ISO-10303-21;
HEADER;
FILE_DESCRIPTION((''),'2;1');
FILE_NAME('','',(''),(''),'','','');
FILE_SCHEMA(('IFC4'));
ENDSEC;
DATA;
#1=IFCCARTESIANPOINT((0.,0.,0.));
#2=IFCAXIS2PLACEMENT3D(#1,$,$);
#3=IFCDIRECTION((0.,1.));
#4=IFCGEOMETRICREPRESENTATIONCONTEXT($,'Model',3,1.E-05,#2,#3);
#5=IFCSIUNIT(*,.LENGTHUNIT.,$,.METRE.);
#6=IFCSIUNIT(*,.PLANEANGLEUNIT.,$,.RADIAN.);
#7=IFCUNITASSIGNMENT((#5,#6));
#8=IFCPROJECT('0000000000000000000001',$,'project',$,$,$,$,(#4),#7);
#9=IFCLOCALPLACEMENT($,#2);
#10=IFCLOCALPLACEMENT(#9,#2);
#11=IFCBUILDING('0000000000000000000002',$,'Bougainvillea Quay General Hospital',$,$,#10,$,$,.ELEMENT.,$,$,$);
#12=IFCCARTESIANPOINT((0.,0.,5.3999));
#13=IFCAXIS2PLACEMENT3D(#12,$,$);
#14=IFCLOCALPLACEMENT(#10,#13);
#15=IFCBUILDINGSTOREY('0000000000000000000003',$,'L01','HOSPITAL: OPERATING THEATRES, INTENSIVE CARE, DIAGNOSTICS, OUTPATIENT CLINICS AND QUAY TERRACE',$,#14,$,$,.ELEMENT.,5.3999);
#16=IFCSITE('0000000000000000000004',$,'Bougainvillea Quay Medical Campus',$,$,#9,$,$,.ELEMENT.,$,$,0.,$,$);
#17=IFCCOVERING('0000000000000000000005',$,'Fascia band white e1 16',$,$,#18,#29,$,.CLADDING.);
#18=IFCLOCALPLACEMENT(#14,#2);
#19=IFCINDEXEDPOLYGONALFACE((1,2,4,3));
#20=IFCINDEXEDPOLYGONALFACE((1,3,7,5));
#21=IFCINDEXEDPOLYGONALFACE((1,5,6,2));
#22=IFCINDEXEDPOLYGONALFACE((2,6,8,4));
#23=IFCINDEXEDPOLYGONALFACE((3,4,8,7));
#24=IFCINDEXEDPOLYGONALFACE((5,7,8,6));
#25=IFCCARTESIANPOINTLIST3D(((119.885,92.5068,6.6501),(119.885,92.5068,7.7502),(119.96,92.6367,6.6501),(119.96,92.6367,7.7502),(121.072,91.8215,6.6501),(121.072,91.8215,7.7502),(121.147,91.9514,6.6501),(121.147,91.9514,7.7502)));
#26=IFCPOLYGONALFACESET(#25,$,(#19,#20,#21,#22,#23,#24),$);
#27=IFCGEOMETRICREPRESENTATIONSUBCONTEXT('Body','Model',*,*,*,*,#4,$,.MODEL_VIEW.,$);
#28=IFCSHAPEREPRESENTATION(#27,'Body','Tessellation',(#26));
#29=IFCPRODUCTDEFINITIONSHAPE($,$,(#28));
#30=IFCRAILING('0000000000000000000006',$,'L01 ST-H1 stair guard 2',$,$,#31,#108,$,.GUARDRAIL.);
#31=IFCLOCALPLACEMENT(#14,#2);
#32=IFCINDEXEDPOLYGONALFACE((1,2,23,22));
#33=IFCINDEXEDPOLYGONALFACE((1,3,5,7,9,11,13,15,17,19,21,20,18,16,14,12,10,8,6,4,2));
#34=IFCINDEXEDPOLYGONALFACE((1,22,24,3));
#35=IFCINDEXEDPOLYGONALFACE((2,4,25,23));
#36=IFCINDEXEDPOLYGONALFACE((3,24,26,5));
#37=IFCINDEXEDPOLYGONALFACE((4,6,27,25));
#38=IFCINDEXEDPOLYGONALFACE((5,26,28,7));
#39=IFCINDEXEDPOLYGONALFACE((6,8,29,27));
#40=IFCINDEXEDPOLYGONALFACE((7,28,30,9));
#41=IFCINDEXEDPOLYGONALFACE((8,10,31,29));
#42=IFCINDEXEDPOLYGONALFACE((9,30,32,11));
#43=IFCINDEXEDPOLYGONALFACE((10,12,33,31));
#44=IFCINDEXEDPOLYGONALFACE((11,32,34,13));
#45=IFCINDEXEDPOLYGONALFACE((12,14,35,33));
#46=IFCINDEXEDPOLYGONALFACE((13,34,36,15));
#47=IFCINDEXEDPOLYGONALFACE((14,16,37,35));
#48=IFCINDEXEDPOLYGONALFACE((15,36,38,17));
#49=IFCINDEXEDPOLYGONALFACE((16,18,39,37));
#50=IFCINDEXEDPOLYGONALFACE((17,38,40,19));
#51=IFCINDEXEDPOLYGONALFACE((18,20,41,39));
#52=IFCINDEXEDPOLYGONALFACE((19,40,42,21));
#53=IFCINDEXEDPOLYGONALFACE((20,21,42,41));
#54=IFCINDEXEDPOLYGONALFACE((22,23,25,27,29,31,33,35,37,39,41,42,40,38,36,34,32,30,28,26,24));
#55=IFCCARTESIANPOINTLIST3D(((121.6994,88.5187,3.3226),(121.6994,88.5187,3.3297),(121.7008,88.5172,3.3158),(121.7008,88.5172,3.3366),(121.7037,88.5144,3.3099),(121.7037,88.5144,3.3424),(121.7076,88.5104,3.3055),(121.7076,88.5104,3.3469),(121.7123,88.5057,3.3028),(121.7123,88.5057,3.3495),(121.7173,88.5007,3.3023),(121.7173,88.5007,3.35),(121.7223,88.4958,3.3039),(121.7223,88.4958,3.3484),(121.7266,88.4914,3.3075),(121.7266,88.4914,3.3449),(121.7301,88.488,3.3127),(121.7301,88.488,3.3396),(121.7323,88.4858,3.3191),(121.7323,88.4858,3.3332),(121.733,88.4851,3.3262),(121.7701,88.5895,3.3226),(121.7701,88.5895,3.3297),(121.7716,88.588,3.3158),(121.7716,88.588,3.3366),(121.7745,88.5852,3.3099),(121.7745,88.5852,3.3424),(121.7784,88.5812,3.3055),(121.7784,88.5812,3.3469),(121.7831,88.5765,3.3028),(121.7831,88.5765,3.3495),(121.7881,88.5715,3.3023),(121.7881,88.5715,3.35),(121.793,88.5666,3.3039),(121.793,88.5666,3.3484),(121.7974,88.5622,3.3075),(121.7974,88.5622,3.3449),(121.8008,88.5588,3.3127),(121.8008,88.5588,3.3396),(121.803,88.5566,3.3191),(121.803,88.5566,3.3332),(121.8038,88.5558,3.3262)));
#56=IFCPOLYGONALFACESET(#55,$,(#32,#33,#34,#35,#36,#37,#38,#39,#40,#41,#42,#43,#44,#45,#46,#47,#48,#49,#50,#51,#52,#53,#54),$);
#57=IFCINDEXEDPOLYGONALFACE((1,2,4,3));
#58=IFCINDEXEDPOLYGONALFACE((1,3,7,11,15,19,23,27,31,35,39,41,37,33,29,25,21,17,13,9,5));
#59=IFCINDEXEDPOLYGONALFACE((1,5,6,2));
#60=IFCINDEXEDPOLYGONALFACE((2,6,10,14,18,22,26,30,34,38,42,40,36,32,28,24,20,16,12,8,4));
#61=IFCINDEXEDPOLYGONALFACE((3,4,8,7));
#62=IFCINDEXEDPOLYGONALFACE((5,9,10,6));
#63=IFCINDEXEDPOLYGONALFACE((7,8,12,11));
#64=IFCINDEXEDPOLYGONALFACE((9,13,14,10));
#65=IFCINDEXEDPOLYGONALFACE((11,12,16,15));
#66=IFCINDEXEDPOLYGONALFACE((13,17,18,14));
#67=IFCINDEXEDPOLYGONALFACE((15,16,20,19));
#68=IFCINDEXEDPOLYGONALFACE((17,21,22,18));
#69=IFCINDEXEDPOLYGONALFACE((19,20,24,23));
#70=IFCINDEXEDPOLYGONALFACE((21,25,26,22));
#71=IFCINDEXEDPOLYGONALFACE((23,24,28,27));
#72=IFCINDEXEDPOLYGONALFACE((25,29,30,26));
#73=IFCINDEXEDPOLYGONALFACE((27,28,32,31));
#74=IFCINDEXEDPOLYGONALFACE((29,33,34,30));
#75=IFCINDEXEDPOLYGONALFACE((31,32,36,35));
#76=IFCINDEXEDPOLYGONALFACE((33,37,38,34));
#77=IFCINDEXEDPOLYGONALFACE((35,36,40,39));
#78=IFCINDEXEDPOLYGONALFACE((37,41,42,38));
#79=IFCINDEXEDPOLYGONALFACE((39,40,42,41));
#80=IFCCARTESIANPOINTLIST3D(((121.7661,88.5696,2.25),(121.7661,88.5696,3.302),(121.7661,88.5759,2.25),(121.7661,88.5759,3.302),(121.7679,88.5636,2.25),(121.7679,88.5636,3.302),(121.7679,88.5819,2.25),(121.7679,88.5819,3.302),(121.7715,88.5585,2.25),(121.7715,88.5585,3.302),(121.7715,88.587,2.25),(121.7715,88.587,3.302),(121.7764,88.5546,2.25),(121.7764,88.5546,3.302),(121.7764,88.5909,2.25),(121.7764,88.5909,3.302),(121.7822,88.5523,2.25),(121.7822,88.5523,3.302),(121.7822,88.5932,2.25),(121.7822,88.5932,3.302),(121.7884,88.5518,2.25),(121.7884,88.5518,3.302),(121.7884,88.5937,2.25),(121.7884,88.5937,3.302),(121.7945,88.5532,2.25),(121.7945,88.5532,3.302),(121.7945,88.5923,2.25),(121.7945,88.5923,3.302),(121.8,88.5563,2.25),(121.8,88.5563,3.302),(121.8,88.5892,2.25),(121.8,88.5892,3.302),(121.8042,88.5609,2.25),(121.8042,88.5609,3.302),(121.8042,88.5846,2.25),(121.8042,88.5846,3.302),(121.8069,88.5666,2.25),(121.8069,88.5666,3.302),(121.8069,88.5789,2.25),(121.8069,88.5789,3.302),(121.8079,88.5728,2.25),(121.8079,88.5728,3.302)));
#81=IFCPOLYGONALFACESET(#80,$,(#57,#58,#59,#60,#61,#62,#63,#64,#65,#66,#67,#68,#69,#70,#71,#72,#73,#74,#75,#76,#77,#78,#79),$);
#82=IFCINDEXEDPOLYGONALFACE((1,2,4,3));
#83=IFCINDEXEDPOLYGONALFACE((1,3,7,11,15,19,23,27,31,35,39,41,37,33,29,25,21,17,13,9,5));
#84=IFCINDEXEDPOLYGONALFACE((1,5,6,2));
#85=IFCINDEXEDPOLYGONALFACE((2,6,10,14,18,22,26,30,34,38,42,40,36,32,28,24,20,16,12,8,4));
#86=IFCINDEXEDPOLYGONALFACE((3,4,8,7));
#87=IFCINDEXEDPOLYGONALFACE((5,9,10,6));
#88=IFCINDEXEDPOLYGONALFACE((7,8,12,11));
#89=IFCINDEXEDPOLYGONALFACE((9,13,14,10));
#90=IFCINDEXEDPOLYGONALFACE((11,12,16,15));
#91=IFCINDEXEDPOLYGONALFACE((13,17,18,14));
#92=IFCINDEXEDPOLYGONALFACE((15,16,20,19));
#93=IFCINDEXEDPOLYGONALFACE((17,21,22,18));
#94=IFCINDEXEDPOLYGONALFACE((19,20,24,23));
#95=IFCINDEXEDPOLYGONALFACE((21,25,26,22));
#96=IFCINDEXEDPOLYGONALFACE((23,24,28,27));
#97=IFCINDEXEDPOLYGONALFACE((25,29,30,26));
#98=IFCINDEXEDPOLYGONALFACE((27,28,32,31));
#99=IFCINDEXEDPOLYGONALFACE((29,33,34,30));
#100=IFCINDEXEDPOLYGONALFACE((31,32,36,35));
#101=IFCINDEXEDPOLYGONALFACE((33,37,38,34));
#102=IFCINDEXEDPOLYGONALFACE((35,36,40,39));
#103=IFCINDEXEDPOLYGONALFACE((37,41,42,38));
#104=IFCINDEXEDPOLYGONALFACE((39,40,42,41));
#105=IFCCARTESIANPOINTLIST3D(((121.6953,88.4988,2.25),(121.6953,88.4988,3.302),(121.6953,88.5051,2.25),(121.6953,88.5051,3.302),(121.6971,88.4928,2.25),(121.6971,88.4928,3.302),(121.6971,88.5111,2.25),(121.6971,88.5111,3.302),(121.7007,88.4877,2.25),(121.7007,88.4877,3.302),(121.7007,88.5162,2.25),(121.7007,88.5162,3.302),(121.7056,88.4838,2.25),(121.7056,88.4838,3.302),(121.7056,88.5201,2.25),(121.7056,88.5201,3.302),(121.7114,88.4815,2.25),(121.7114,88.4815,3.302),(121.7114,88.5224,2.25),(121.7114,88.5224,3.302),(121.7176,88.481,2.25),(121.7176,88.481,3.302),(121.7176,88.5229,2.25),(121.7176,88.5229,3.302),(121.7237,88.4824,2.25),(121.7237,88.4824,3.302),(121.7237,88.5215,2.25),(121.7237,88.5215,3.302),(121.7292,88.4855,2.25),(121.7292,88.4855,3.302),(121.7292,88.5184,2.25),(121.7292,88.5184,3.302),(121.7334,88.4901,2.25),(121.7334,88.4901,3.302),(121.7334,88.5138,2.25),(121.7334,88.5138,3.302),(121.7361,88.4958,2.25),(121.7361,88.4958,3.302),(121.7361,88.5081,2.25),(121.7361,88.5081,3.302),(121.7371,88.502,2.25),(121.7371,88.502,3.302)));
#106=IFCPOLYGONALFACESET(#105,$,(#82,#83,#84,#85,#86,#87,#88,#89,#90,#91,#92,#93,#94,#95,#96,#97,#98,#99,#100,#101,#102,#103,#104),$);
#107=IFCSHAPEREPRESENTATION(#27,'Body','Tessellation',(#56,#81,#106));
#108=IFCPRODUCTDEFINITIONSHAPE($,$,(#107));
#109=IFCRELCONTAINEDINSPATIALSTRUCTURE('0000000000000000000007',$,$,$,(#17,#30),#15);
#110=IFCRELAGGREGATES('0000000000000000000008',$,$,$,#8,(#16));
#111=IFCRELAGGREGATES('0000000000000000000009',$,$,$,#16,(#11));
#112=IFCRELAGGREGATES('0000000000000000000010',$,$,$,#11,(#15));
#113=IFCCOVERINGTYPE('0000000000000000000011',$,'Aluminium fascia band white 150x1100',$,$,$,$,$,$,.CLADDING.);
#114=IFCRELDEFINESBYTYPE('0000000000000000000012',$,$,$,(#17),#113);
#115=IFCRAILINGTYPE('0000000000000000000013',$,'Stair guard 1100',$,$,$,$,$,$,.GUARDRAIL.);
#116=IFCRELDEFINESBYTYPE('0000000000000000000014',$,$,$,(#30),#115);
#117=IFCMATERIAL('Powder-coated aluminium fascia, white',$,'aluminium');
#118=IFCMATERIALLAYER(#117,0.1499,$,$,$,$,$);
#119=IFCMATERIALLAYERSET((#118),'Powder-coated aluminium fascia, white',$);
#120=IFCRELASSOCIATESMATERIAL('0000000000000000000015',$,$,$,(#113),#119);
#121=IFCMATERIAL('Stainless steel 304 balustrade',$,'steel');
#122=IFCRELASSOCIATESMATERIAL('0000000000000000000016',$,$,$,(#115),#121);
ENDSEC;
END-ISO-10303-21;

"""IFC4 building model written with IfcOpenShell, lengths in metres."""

from ifc_helpers import new_model, si_unit, direction, frame, origin, origin_2d, place, context, subcontext, project, spatial, polyline, circle, outline, extrude, material, layer, layer_set, type_object, element, save


model = new_model("IFC4")

# Units and contexts
model_context = context("Model", 3, precision=1e-05, world=origin(), true_north=direction((0.0, 1.0)))
body_context = subcontext(model_context, "Body", "Model", "MODEL_VIEW")
ifc_project = project(units=[si_unit("LENGTHUNIT", "METRE"), si_unit("PLANEANGLEUNIT", "RADIAN")], contexts=[model_context])

# Site, building, storey
site_placement = place(None, origin())
site = spatial("IfcSite", under=ifc_project, at=site_placement, Name="Bougainvillea Quay Medical Campus", CompositionType="ELEMENT", RefElevation=0.0)
building_placement = place(site_placement, origin())
building = spatial("IfcBuilding", under=site, at=building_placement, Name="Bougainvillea Quay General Hospital", CompositionType="ELEMENT")
storey_placement = place(building_placement, frame((0.0, 0.0, 5.3999)))
storey = spatial("IfcBuildingStorey", under=building, at=storey_placement, Name="L01", Description="HOSPITAL: OPERATING THEATRES, INTENSIVE CARE, DIAGNOSTICS, OUTPATIENT CLINICS AND QUAY TERRACE", CompositionType="ELEMENT", Elevation=5.3999)

# Covering
ifc_material_1 = material(Name="Powder-coated aluminium fascia, white", Category="aluminium")
ifc_layer_1 = layer(ifc_material_1, 0.1499)
ifc_layer_set_1 = layer_set([ifc_layer_1], Name="Powder-coated aluminium fascia, white")
covering_type = type_object("IfcCoveringType", Name="Aluminium fascia band white 150x1100", PredefinedType="CLADDING", material=ifc_layer_set_1)
covering_1_placement = place(storey_placement, frame((121.072, 91.8215, 6.6501), z_axis=(0.0, 0.0, 1.0), x_axis=(-0.866031, 0.49999, 0.0)))
element("IfcCovering", 1, at=covering_1_placement, inside=storey, type_object=covering_type, Name="Fascia band white e1 16", PredefinedType="CLADDING", context=body_context, shape_type="SweptSolid", body=[
    extrude(outline(polyline([(0.0, 0.0), (1.3706, 0.0), (1.3707, -0.15), (0.0, -0.15), (0.0, 0.0)])), origin(), (0.0, 0.0, 1.0), 1.1001),
])

# Railing
ifc_material_2 = material(Name="Stainless steel 304 balustrade", Category="steel")
railing_type_1 = type_object("IfcRailingType", Name="Stair guard 1100", PredefinedType="GUARDRAIL", material=ifc_material_2)
railing_1_placement = place(storey_placement, frame((121.7869, 88.5728, 2.25)))
element("IfcRailing", 2, at=railing_1_placement, inside=storey, type_object=railing_type_1, Name="L01 ST-H1 stair guard 2", PredefinedType="GUARDRAIL", context=body_context, shape_type="SweptSolid", body=[
    extrude(circle(Radius=0.0239, at=origin_2d()), frame((0.0, 0.0, 1.0762), z_axis=(-0.707107, -0.707107, 0.0), x_axis=(0.707107, -0.707107, 0.0)), (0.0, 0.0, 1.0), 0.1001),
    extrude(circle(Radius=0.021, at=origin_2d()), origin(), (0.0, 0.0, 1.0), 1.052),
    extrude(circle(Radius=0.021, at=origin_2d()), frame((-0.0708, -0.0708, 0.0)), (0.0, 0.0, 1.0), 1.052),
])

save(model, "model.ifc")
